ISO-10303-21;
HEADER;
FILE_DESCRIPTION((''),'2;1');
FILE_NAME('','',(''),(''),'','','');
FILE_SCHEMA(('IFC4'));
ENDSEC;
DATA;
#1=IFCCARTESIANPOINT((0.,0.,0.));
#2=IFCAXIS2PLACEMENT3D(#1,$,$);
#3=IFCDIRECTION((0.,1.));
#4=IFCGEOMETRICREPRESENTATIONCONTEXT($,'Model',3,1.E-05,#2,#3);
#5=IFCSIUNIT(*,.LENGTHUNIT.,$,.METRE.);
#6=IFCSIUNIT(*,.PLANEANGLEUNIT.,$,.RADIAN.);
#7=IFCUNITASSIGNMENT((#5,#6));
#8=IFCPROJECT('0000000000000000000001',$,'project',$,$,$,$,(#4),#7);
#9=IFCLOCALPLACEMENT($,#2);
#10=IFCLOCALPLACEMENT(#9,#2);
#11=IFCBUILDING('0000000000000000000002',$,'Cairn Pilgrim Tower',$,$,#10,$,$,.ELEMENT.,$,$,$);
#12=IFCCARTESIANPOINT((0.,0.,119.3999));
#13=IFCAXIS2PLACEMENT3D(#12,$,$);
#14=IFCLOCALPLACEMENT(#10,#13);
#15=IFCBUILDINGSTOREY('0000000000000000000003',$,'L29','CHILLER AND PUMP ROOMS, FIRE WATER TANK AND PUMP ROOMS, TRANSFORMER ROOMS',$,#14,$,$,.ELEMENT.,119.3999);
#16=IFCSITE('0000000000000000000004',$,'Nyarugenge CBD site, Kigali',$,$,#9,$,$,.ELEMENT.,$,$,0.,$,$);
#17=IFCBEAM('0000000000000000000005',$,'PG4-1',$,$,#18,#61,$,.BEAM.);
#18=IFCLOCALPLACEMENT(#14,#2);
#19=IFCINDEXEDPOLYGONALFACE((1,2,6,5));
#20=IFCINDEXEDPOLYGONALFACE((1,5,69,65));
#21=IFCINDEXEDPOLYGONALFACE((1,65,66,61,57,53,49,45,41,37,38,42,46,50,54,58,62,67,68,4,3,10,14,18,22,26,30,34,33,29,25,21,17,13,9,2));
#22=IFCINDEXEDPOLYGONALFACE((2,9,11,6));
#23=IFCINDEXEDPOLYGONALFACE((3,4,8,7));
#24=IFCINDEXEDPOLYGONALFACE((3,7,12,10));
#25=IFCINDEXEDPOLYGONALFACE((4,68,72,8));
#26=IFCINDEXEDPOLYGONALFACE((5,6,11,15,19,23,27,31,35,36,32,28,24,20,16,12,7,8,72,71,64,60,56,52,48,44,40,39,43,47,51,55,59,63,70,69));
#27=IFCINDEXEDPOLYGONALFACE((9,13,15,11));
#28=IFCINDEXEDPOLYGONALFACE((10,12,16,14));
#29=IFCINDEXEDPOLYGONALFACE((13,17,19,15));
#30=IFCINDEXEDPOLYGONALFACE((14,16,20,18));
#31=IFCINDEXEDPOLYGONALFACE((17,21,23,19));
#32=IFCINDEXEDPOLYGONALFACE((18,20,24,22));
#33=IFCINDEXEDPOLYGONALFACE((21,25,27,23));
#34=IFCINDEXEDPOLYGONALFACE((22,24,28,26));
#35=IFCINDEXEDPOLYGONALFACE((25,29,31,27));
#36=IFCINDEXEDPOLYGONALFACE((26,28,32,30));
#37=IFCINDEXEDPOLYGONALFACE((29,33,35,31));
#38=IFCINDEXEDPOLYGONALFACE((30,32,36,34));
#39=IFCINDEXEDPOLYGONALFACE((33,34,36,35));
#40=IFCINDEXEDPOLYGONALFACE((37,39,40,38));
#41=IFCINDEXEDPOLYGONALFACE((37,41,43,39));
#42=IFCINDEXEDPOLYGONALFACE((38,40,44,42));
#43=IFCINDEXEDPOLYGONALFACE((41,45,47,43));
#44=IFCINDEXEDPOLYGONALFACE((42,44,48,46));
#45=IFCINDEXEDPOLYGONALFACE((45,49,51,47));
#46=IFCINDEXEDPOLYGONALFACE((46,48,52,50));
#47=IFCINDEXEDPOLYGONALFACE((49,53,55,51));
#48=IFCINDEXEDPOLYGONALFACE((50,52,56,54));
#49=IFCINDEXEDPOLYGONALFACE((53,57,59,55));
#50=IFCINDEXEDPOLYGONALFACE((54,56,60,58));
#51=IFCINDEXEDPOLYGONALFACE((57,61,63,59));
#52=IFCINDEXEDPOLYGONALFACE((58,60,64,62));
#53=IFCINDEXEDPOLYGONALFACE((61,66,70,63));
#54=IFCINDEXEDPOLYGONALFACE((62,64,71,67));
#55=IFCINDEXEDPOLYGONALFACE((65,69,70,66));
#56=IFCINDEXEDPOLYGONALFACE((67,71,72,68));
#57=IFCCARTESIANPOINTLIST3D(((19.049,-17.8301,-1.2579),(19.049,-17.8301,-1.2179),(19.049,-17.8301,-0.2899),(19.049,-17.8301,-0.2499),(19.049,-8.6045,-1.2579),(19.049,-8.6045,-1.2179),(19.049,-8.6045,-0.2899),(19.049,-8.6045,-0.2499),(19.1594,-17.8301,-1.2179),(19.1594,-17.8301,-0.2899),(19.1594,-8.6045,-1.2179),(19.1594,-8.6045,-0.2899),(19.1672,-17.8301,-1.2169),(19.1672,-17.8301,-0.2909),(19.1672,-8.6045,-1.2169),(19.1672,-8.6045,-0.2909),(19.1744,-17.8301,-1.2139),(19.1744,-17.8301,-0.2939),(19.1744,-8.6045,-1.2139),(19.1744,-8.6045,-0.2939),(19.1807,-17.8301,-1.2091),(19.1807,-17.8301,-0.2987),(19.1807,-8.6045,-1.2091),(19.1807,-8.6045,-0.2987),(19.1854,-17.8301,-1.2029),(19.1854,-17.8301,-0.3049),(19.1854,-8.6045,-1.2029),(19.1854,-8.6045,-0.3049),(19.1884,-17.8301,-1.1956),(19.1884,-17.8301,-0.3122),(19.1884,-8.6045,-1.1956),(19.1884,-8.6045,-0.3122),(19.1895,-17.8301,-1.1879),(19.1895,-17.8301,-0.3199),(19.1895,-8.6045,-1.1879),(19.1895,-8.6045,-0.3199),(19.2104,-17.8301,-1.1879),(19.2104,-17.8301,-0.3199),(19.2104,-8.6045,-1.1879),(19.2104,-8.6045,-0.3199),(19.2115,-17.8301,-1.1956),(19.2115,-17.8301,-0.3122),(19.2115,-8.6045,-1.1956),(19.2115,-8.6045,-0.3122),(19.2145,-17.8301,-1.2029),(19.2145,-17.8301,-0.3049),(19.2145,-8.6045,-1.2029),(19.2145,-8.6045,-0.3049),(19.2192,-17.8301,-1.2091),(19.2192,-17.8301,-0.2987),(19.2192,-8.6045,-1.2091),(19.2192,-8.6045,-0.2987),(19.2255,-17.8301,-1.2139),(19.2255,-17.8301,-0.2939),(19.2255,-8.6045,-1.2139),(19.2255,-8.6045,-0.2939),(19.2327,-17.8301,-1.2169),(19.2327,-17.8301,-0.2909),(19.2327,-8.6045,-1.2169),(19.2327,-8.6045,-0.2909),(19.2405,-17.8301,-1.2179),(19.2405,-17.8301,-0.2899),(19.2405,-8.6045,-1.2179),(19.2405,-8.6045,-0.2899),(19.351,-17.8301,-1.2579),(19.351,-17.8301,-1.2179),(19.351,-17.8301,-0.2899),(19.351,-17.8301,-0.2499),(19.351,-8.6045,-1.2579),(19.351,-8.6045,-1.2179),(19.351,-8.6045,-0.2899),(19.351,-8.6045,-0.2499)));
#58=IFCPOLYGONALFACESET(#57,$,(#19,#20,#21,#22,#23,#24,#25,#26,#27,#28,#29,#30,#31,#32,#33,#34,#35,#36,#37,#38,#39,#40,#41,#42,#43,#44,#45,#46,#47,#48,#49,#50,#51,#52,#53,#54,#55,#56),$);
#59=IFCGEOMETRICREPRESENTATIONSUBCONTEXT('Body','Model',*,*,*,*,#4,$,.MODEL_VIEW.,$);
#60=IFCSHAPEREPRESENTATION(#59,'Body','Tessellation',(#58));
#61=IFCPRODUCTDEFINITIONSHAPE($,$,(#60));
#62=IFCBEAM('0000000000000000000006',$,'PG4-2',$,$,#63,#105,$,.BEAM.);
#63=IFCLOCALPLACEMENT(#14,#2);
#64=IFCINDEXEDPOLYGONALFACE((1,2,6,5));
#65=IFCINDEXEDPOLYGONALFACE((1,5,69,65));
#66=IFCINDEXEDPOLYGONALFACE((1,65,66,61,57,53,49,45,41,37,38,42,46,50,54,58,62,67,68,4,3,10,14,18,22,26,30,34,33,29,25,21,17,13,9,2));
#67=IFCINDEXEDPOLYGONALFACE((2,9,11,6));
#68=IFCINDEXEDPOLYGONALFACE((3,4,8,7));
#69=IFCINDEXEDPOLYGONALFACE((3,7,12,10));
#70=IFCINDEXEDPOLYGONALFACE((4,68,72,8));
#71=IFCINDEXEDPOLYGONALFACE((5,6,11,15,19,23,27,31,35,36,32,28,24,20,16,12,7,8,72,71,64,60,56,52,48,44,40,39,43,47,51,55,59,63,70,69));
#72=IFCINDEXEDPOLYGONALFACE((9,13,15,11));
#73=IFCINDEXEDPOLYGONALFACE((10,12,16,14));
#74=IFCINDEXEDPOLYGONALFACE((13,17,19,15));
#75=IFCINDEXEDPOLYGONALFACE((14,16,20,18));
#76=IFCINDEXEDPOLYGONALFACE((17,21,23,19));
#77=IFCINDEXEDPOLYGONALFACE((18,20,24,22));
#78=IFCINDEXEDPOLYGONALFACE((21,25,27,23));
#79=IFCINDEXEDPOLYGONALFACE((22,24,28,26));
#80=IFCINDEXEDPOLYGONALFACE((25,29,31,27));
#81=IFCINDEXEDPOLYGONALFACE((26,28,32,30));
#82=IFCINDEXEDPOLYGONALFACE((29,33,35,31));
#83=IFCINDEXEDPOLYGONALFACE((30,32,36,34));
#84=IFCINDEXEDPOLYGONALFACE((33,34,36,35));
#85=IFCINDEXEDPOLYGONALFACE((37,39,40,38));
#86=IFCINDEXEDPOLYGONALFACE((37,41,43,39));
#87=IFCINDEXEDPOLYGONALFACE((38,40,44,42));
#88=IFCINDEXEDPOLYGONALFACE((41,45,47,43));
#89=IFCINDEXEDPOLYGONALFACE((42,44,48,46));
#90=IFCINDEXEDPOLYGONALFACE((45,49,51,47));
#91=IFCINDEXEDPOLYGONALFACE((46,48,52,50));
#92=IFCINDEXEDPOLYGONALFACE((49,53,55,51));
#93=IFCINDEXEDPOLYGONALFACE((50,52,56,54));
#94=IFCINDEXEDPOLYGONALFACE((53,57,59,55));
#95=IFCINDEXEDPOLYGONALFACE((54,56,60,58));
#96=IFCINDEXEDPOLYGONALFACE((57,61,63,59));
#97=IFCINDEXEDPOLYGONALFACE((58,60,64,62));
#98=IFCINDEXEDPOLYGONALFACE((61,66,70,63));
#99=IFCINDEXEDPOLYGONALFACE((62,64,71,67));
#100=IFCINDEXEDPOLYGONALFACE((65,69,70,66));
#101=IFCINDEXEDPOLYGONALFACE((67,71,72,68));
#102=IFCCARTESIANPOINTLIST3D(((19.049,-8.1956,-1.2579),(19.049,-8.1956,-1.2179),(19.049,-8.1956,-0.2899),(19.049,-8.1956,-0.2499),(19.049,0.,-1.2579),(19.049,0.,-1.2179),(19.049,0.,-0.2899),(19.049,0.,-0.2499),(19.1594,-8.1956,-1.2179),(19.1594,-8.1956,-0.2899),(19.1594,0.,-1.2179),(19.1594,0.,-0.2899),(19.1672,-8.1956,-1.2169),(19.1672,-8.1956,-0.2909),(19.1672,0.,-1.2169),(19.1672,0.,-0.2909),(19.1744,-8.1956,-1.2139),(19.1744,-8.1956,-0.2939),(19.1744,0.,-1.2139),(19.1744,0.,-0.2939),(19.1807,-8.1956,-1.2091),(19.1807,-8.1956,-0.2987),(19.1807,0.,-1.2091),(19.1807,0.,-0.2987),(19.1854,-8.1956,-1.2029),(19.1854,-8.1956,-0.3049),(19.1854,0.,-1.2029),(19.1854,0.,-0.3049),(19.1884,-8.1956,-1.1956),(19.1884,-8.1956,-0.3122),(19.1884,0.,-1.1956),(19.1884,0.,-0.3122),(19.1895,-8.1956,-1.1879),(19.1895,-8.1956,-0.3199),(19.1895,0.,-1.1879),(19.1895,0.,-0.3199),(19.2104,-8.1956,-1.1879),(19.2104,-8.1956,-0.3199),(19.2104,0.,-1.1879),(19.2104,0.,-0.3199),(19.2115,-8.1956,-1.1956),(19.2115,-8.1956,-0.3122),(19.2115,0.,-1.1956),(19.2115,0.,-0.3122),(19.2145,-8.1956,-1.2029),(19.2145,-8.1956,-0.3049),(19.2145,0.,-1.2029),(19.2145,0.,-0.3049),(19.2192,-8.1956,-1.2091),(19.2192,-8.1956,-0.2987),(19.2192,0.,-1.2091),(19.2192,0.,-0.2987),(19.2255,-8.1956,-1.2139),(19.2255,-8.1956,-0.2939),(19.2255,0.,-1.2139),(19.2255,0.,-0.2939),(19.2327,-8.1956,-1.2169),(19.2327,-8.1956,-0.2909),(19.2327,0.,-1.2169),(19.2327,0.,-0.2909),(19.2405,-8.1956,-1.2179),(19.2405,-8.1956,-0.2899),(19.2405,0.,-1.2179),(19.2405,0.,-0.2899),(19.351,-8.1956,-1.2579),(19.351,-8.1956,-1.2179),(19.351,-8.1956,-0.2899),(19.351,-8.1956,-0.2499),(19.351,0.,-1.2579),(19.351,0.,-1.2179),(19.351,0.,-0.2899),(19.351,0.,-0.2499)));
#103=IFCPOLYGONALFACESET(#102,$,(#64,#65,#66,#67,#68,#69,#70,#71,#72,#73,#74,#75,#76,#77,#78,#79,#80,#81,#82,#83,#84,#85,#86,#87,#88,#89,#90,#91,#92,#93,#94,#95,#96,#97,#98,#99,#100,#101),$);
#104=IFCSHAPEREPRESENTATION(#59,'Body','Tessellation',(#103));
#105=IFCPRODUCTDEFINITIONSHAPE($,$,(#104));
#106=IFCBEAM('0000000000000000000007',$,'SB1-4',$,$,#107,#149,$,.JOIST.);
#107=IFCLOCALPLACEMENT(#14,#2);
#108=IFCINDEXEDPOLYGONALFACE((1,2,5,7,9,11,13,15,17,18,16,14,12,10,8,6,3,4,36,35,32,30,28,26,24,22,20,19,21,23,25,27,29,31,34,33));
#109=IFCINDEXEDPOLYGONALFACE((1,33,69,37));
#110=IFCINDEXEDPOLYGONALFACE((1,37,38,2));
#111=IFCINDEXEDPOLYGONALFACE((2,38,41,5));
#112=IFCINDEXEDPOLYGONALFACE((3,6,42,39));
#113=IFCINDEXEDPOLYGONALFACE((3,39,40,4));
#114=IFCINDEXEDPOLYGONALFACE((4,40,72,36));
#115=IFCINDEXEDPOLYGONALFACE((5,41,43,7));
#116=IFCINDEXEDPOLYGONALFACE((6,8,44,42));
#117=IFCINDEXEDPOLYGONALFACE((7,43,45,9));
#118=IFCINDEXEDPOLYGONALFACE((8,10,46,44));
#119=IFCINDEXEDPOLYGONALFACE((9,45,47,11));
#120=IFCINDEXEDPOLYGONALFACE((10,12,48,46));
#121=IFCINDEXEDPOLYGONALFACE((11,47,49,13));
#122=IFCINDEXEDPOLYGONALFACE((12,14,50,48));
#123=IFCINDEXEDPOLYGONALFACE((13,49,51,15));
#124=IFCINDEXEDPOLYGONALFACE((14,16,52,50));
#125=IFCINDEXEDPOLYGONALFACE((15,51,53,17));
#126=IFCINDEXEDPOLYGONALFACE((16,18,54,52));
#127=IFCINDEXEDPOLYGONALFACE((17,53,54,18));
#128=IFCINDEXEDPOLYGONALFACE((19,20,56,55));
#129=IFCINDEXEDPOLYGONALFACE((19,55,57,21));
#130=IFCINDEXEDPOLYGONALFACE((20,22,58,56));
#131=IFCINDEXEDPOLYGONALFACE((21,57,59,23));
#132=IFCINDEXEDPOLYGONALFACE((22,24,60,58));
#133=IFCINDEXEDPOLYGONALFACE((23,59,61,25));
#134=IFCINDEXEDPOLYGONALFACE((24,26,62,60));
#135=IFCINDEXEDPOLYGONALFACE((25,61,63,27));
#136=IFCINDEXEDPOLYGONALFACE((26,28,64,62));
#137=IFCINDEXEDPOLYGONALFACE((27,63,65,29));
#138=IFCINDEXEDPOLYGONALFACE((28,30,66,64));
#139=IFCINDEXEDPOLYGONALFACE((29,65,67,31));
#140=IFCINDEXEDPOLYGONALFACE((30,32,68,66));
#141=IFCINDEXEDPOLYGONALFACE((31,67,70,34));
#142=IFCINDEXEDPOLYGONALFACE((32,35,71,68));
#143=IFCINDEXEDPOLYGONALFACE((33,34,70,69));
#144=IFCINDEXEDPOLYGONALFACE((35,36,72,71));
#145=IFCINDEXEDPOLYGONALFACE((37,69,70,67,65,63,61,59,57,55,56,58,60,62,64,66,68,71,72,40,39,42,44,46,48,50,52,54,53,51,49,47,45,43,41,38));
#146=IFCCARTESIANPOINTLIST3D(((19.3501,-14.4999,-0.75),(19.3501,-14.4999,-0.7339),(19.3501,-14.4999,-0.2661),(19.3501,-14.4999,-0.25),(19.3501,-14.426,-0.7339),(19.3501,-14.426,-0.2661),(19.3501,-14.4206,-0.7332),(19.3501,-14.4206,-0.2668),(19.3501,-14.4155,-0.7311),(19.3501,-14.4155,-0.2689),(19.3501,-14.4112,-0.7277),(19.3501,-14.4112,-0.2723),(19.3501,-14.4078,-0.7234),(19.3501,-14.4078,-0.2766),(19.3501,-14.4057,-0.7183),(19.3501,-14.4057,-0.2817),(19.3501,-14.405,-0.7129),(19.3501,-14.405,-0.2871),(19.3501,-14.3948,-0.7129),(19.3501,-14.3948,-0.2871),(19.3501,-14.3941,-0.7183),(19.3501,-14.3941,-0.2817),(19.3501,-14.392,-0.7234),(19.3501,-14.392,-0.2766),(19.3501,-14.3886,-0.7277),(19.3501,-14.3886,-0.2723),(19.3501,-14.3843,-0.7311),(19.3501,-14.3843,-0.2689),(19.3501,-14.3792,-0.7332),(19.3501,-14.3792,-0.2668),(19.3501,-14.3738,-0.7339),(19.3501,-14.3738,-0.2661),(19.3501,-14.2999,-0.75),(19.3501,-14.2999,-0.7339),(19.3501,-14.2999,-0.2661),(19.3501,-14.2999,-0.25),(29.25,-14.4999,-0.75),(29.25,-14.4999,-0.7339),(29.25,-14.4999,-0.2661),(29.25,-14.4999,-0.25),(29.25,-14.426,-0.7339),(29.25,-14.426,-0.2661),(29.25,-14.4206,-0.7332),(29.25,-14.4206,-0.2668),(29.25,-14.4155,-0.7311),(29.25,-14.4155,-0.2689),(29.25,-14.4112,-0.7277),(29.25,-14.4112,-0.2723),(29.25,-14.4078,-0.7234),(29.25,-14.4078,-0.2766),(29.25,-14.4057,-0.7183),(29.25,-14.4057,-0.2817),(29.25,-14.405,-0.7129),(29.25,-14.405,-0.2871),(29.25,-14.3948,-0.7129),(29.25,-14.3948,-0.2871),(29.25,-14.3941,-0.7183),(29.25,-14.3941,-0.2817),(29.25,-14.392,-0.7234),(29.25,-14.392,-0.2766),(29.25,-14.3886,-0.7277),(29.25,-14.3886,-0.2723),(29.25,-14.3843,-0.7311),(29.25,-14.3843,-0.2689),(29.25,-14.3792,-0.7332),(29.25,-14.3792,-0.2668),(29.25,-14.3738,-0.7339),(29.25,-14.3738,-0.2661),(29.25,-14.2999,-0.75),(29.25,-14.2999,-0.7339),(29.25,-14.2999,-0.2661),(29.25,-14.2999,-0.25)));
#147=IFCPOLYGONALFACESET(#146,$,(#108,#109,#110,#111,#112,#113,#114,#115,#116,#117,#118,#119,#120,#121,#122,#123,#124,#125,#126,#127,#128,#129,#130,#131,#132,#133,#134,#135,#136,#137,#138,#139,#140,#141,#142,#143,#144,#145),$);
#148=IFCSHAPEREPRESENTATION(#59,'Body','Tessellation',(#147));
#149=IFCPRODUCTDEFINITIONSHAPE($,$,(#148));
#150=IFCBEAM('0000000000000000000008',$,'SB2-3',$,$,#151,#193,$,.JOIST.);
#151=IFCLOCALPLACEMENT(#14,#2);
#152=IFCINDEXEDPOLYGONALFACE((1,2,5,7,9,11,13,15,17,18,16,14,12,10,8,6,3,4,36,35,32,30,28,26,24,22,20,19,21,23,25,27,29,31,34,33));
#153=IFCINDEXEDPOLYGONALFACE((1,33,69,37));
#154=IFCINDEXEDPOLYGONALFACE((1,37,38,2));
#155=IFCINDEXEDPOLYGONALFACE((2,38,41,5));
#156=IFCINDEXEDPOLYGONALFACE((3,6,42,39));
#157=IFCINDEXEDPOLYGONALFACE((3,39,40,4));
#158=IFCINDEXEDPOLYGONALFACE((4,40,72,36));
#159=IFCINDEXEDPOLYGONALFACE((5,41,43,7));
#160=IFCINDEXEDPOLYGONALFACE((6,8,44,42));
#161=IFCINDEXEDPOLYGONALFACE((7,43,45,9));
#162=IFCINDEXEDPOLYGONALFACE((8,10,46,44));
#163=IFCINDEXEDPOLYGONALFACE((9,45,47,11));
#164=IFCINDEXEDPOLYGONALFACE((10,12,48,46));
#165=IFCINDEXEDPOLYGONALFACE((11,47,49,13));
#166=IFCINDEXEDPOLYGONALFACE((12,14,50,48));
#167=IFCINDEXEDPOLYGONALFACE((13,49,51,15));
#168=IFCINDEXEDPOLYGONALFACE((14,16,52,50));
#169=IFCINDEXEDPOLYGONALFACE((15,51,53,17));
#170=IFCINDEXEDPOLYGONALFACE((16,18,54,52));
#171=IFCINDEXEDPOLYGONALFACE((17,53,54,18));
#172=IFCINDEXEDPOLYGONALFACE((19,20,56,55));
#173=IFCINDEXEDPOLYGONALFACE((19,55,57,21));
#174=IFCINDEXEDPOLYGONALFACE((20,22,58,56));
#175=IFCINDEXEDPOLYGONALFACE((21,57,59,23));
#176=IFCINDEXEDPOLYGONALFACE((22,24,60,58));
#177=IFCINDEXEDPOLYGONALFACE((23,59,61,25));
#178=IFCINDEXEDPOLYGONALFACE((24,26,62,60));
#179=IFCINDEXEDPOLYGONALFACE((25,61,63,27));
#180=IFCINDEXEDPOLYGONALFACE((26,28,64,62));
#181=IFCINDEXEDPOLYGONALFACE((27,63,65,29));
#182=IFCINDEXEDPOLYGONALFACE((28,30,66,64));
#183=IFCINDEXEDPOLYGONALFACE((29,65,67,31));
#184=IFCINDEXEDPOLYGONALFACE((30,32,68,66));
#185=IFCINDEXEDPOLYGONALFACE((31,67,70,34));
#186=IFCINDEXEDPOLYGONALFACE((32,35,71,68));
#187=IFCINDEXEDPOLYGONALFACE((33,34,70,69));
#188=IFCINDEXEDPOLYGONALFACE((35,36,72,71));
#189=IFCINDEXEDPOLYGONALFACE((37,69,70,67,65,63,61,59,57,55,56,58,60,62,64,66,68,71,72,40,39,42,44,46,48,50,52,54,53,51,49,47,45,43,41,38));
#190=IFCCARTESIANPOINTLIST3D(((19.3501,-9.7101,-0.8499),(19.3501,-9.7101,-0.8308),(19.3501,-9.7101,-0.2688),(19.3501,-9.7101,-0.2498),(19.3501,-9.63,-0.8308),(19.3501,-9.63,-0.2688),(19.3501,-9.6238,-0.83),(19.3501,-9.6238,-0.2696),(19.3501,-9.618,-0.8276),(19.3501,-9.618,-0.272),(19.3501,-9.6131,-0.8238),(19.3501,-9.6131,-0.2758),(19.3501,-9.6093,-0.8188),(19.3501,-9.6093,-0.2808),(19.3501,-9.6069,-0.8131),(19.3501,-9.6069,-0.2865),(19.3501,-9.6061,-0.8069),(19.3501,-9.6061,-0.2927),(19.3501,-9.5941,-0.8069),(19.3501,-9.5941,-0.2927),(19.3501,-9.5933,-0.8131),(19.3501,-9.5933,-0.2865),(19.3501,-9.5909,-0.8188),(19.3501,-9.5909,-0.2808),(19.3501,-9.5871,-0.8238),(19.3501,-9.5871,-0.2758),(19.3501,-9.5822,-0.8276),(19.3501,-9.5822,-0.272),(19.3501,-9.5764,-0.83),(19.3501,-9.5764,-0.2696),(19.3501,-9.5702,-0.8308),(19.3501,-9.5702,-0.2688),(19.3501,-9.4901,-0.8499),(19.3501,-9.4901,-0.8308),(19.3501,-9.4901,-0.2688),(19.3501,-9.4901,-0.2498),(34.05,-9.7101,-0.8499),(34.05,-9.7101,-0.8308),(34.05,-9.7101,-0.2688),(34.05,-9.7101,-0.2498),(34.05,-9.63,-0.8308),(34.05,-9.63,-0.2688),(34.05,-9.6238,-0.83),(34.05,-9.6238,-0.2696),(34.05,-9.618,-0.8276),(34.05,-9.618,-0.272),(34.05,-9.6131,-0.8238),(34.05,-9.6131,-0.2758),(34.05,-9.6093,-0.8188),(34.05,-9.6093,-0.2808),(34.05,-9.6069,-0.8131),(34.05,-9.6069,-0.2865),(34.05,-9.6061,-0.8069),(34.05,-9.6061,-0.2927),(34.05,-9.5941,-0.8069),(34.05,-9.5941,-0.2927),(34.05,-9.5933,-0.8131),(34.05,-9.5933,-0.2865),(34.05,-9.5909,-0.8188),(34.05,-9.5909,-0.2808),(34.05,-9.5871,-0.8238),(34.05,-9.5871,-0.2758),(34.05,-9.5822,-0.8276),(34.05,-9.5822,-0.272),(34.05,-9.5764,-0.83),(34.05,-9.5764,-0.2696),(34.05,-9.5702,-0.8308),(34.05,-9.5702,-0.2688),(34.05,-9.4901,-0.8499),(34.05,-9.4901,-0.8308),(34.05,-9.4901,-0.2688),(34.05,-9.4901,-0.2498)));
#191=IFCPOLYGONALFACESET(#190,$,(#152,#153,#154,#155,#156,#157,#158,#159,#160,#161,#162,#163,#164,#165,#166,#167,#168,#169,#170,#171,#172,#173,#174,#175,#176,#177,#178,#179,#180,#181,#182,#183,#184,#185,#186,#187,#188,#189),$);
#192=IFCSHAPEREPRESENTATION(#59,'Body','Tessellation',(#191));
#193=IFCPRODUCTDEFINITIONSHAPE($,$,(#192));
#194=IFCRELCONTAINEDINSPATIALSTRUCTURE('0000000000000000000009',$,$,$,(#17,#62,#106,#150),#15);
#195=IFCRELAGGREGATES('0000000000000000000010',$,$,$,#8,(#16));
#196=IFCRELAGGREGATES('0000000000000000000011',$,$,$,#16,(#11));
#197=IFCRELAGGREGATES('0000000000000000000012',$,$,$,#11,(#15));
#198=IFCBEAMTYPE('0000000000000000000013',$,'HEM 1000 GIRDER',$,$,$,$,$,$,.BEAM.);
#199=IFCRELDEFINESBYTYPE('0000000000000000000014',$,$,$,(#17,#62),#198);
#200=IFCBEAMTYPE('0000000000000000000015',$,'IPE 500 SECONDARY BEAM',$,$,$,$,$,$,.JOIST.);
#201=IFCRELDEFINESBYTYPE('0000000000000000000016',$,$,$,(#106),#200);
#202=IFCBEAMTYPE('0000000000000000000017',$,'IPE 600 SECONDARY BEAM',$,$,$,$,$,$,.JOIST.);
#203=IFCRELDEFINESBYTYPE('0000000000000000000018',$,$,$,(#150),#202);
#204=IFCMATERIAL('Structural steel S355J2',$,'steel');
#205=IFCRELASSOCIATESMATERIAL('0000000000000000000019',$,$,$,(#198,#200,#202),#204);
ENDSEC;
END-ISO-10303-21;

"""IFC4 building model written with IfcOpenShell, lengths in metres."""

from ifc_helpers import new_model, si_unit, direction, frame, origin, origin_2d, place, context, subcontext, project, spatial, i_section, extrude, material, material_profile, profile_set, type_object, element, save


model = new_model("IFC4")

# Units and contexts
model_context = context("Model", 3, precision=1e-05, world=origin(), true_north=direction((0.0, 1.0)))
body_context = subcontext(model_context, "Body", "Model", "MODEL_VIEW")
ifc_project = project(units=[si_unit("LENGTHUNIT", "METRE"), si_unit("PLANEANGLEUNIT", "RADIAN")], contexts=[model_context])

# Site, building, storey
site_placement = place(None, origin())
site = spatial("IfcSite", under=ifc_project, at=site_placement, Name="Nyarugenge CBD site, Kigali", CompositionType="ELEMENT", RefElevation=0.0)
building_placement = place(site_placement, origin())
building = spatial("IfcBuilding", under=site, at=building_placement, Name="Cairn Pilgrim Tower", CompositionType="ELEMENT")
storey_placement = place(building_placement, frame((0.0, 0.0, 119.3999)))
storey = spatial("IfcBuildingStorey", under=building, at=storey_placement, Name="L29", Description="CHILLER AND PUMP ROOMS, FIRE WATER TANK AND PUMP ROOMS, TRANSFORMER ROOMS", CompositionType="ELEMENT", Elevation=119.3999)

# Beams
ifc_material_1 = material(Name="Structural steel S355J2", Category="steel")
ifc_material_profile_1 = material_profile(ifc_material_1, i_section(OverallWidth=0.302, OverallDepth=1.0081, WebThickness=0.021, FlangeThickness=0.04, FilletRadius=0.03, at=origin_2d()), Name="HEM 1000")
ifc_profile_set_1 = profile_set([ifc_material_profile_1], Name="Structural steel S355J2")
beam_type_1 = type_object("IfcBeamType", Name="HEM 1000 GIRDER", PredefinedType="BEAM", material=ifc_profile_set_1)
beam_1_placement = place(storey_placement, frame((19.2, -17.8301, -0.7539), z_axis=(0.0, 1.0, 0.0), x_axis=(-1.0, 0.0, 0.0)))
element("IfcBeam", 1, at=beam_1_placement, inside=storey, type_object=beam_type_1, Name="PG4-1", PredefinedType="BEAM", context=body_context, shape_type="SweptSolid", body=[
    extrude(i_section(OverallWidth=0.302, OverallDepth=1.0081, WebThickness=0.021, FlangeThickness=0.04, FilletRadius=0.03, at=origin_2d()), origin(), (0.0, 0.0, 1.0), 9.2256),
])
beam_2_placement = place(storey_placement, frame((19.2, -8.1956, -0.7539), z_axis=(0.0, 1.0, 0.0), x_axis=(-1.0, 0.0, 0.0)))
element("IfcBeam", 2, at=beam_2_placement, inside=storey, type_object=beam_type_1, Name="PG4-2", PredefinedType="BEAM", context=body_context, shape_type="SweptSolid", body=[
    extrude(i_section(OverallWidth=0.302, OverallDepth=1.0081, WebThickness=0.021, FlangeThickness=0.04, FilletRadius=0.03, at=origin_2d()), origin(), (0.0, 0.0, 1.0), 8.1956),
])
ifc_material_profile_2 = material_profile(ifc_material_1, i_section(OverallWidth=0.2, OverallDepth=0.5, WebThickness=0.0103, FlangeThickness=0.0161, FilletRadius=0.021, at=origin_2d()), Name="IPE 500")
ifc_profile_set_2 = profile_set([ifc_material_profile_2], Name="Structural steel S355J2")
beam_type_2 = type_object("IfcBeamType", Name="IPE 500 SECONDARY BEAM", PredefinedType="JOIST", material=ifc_profile_set_2)
beam_3_placement = place(storey_placement, frame((19.3501, -14.3999, -0.5), z_axis=(1.0, 0.0, 0.0), x_axis=(0.0, 1.0, 0.0)))
element("IfcBeam", 3, at=beam_3_placement, inside=storey, type_object=beam_type_2, Name="SB1-4", PredefinedType="JOIST", context=body_context, shape_type="SweptSolid", body=[
    extrude(i_section(OverallWidth=0.2, OverallDepth=0.5, WebThickness=0.0103, FlangeThickness=0.0161, FilletRadius=0.021, at=origin_2d()), origin(), (0.0, 0.0, 1.0), 9.8999),
])
ifc_material_profile_3 = material_profile(ifc_material_1, i_section(OverallWidth=0.22, OverallDepth=0.6001, WebThickness=0.012, FlangeThickness=0.019, FilletRadius=0.0239, at=origin_2d()), Name="IPE 600")
ifc_profile_set_3 = profile_set([ifc_material_profile_3], Name="Structural steel S355J2")
beam_type_3 = type_object("IfcBeamType", Name="IPE 600 SECONDARY BEAM", PredefinedType="JOIST", material=ifc_profile_set_3)
beam_4_placement = place(storey_placement, frame((19.3501, -9.6001, -0.5498), z_axis=(1.0, 0.0, 0.0), x_axis=(0.0, 1.0, 0.0)))
element("IfcBeam", 4, at=beam_4_placement, inside=storey, type_object=beam_type_3, Name="SB2-3", PredefinedType="JOIST", context=body_context, shape_type="SweptSolid", body=[
    extrude(i_section(OverallWidth=0.22, OverallDepth=0.6001, WebThickness=0.012, FlangeThickness=0.019, FilletRadius=0.0239, at=origin_2d()), origin(), (0.0, 0.0, 1.0), 14.7),
])

save(model, "model.ifc")
